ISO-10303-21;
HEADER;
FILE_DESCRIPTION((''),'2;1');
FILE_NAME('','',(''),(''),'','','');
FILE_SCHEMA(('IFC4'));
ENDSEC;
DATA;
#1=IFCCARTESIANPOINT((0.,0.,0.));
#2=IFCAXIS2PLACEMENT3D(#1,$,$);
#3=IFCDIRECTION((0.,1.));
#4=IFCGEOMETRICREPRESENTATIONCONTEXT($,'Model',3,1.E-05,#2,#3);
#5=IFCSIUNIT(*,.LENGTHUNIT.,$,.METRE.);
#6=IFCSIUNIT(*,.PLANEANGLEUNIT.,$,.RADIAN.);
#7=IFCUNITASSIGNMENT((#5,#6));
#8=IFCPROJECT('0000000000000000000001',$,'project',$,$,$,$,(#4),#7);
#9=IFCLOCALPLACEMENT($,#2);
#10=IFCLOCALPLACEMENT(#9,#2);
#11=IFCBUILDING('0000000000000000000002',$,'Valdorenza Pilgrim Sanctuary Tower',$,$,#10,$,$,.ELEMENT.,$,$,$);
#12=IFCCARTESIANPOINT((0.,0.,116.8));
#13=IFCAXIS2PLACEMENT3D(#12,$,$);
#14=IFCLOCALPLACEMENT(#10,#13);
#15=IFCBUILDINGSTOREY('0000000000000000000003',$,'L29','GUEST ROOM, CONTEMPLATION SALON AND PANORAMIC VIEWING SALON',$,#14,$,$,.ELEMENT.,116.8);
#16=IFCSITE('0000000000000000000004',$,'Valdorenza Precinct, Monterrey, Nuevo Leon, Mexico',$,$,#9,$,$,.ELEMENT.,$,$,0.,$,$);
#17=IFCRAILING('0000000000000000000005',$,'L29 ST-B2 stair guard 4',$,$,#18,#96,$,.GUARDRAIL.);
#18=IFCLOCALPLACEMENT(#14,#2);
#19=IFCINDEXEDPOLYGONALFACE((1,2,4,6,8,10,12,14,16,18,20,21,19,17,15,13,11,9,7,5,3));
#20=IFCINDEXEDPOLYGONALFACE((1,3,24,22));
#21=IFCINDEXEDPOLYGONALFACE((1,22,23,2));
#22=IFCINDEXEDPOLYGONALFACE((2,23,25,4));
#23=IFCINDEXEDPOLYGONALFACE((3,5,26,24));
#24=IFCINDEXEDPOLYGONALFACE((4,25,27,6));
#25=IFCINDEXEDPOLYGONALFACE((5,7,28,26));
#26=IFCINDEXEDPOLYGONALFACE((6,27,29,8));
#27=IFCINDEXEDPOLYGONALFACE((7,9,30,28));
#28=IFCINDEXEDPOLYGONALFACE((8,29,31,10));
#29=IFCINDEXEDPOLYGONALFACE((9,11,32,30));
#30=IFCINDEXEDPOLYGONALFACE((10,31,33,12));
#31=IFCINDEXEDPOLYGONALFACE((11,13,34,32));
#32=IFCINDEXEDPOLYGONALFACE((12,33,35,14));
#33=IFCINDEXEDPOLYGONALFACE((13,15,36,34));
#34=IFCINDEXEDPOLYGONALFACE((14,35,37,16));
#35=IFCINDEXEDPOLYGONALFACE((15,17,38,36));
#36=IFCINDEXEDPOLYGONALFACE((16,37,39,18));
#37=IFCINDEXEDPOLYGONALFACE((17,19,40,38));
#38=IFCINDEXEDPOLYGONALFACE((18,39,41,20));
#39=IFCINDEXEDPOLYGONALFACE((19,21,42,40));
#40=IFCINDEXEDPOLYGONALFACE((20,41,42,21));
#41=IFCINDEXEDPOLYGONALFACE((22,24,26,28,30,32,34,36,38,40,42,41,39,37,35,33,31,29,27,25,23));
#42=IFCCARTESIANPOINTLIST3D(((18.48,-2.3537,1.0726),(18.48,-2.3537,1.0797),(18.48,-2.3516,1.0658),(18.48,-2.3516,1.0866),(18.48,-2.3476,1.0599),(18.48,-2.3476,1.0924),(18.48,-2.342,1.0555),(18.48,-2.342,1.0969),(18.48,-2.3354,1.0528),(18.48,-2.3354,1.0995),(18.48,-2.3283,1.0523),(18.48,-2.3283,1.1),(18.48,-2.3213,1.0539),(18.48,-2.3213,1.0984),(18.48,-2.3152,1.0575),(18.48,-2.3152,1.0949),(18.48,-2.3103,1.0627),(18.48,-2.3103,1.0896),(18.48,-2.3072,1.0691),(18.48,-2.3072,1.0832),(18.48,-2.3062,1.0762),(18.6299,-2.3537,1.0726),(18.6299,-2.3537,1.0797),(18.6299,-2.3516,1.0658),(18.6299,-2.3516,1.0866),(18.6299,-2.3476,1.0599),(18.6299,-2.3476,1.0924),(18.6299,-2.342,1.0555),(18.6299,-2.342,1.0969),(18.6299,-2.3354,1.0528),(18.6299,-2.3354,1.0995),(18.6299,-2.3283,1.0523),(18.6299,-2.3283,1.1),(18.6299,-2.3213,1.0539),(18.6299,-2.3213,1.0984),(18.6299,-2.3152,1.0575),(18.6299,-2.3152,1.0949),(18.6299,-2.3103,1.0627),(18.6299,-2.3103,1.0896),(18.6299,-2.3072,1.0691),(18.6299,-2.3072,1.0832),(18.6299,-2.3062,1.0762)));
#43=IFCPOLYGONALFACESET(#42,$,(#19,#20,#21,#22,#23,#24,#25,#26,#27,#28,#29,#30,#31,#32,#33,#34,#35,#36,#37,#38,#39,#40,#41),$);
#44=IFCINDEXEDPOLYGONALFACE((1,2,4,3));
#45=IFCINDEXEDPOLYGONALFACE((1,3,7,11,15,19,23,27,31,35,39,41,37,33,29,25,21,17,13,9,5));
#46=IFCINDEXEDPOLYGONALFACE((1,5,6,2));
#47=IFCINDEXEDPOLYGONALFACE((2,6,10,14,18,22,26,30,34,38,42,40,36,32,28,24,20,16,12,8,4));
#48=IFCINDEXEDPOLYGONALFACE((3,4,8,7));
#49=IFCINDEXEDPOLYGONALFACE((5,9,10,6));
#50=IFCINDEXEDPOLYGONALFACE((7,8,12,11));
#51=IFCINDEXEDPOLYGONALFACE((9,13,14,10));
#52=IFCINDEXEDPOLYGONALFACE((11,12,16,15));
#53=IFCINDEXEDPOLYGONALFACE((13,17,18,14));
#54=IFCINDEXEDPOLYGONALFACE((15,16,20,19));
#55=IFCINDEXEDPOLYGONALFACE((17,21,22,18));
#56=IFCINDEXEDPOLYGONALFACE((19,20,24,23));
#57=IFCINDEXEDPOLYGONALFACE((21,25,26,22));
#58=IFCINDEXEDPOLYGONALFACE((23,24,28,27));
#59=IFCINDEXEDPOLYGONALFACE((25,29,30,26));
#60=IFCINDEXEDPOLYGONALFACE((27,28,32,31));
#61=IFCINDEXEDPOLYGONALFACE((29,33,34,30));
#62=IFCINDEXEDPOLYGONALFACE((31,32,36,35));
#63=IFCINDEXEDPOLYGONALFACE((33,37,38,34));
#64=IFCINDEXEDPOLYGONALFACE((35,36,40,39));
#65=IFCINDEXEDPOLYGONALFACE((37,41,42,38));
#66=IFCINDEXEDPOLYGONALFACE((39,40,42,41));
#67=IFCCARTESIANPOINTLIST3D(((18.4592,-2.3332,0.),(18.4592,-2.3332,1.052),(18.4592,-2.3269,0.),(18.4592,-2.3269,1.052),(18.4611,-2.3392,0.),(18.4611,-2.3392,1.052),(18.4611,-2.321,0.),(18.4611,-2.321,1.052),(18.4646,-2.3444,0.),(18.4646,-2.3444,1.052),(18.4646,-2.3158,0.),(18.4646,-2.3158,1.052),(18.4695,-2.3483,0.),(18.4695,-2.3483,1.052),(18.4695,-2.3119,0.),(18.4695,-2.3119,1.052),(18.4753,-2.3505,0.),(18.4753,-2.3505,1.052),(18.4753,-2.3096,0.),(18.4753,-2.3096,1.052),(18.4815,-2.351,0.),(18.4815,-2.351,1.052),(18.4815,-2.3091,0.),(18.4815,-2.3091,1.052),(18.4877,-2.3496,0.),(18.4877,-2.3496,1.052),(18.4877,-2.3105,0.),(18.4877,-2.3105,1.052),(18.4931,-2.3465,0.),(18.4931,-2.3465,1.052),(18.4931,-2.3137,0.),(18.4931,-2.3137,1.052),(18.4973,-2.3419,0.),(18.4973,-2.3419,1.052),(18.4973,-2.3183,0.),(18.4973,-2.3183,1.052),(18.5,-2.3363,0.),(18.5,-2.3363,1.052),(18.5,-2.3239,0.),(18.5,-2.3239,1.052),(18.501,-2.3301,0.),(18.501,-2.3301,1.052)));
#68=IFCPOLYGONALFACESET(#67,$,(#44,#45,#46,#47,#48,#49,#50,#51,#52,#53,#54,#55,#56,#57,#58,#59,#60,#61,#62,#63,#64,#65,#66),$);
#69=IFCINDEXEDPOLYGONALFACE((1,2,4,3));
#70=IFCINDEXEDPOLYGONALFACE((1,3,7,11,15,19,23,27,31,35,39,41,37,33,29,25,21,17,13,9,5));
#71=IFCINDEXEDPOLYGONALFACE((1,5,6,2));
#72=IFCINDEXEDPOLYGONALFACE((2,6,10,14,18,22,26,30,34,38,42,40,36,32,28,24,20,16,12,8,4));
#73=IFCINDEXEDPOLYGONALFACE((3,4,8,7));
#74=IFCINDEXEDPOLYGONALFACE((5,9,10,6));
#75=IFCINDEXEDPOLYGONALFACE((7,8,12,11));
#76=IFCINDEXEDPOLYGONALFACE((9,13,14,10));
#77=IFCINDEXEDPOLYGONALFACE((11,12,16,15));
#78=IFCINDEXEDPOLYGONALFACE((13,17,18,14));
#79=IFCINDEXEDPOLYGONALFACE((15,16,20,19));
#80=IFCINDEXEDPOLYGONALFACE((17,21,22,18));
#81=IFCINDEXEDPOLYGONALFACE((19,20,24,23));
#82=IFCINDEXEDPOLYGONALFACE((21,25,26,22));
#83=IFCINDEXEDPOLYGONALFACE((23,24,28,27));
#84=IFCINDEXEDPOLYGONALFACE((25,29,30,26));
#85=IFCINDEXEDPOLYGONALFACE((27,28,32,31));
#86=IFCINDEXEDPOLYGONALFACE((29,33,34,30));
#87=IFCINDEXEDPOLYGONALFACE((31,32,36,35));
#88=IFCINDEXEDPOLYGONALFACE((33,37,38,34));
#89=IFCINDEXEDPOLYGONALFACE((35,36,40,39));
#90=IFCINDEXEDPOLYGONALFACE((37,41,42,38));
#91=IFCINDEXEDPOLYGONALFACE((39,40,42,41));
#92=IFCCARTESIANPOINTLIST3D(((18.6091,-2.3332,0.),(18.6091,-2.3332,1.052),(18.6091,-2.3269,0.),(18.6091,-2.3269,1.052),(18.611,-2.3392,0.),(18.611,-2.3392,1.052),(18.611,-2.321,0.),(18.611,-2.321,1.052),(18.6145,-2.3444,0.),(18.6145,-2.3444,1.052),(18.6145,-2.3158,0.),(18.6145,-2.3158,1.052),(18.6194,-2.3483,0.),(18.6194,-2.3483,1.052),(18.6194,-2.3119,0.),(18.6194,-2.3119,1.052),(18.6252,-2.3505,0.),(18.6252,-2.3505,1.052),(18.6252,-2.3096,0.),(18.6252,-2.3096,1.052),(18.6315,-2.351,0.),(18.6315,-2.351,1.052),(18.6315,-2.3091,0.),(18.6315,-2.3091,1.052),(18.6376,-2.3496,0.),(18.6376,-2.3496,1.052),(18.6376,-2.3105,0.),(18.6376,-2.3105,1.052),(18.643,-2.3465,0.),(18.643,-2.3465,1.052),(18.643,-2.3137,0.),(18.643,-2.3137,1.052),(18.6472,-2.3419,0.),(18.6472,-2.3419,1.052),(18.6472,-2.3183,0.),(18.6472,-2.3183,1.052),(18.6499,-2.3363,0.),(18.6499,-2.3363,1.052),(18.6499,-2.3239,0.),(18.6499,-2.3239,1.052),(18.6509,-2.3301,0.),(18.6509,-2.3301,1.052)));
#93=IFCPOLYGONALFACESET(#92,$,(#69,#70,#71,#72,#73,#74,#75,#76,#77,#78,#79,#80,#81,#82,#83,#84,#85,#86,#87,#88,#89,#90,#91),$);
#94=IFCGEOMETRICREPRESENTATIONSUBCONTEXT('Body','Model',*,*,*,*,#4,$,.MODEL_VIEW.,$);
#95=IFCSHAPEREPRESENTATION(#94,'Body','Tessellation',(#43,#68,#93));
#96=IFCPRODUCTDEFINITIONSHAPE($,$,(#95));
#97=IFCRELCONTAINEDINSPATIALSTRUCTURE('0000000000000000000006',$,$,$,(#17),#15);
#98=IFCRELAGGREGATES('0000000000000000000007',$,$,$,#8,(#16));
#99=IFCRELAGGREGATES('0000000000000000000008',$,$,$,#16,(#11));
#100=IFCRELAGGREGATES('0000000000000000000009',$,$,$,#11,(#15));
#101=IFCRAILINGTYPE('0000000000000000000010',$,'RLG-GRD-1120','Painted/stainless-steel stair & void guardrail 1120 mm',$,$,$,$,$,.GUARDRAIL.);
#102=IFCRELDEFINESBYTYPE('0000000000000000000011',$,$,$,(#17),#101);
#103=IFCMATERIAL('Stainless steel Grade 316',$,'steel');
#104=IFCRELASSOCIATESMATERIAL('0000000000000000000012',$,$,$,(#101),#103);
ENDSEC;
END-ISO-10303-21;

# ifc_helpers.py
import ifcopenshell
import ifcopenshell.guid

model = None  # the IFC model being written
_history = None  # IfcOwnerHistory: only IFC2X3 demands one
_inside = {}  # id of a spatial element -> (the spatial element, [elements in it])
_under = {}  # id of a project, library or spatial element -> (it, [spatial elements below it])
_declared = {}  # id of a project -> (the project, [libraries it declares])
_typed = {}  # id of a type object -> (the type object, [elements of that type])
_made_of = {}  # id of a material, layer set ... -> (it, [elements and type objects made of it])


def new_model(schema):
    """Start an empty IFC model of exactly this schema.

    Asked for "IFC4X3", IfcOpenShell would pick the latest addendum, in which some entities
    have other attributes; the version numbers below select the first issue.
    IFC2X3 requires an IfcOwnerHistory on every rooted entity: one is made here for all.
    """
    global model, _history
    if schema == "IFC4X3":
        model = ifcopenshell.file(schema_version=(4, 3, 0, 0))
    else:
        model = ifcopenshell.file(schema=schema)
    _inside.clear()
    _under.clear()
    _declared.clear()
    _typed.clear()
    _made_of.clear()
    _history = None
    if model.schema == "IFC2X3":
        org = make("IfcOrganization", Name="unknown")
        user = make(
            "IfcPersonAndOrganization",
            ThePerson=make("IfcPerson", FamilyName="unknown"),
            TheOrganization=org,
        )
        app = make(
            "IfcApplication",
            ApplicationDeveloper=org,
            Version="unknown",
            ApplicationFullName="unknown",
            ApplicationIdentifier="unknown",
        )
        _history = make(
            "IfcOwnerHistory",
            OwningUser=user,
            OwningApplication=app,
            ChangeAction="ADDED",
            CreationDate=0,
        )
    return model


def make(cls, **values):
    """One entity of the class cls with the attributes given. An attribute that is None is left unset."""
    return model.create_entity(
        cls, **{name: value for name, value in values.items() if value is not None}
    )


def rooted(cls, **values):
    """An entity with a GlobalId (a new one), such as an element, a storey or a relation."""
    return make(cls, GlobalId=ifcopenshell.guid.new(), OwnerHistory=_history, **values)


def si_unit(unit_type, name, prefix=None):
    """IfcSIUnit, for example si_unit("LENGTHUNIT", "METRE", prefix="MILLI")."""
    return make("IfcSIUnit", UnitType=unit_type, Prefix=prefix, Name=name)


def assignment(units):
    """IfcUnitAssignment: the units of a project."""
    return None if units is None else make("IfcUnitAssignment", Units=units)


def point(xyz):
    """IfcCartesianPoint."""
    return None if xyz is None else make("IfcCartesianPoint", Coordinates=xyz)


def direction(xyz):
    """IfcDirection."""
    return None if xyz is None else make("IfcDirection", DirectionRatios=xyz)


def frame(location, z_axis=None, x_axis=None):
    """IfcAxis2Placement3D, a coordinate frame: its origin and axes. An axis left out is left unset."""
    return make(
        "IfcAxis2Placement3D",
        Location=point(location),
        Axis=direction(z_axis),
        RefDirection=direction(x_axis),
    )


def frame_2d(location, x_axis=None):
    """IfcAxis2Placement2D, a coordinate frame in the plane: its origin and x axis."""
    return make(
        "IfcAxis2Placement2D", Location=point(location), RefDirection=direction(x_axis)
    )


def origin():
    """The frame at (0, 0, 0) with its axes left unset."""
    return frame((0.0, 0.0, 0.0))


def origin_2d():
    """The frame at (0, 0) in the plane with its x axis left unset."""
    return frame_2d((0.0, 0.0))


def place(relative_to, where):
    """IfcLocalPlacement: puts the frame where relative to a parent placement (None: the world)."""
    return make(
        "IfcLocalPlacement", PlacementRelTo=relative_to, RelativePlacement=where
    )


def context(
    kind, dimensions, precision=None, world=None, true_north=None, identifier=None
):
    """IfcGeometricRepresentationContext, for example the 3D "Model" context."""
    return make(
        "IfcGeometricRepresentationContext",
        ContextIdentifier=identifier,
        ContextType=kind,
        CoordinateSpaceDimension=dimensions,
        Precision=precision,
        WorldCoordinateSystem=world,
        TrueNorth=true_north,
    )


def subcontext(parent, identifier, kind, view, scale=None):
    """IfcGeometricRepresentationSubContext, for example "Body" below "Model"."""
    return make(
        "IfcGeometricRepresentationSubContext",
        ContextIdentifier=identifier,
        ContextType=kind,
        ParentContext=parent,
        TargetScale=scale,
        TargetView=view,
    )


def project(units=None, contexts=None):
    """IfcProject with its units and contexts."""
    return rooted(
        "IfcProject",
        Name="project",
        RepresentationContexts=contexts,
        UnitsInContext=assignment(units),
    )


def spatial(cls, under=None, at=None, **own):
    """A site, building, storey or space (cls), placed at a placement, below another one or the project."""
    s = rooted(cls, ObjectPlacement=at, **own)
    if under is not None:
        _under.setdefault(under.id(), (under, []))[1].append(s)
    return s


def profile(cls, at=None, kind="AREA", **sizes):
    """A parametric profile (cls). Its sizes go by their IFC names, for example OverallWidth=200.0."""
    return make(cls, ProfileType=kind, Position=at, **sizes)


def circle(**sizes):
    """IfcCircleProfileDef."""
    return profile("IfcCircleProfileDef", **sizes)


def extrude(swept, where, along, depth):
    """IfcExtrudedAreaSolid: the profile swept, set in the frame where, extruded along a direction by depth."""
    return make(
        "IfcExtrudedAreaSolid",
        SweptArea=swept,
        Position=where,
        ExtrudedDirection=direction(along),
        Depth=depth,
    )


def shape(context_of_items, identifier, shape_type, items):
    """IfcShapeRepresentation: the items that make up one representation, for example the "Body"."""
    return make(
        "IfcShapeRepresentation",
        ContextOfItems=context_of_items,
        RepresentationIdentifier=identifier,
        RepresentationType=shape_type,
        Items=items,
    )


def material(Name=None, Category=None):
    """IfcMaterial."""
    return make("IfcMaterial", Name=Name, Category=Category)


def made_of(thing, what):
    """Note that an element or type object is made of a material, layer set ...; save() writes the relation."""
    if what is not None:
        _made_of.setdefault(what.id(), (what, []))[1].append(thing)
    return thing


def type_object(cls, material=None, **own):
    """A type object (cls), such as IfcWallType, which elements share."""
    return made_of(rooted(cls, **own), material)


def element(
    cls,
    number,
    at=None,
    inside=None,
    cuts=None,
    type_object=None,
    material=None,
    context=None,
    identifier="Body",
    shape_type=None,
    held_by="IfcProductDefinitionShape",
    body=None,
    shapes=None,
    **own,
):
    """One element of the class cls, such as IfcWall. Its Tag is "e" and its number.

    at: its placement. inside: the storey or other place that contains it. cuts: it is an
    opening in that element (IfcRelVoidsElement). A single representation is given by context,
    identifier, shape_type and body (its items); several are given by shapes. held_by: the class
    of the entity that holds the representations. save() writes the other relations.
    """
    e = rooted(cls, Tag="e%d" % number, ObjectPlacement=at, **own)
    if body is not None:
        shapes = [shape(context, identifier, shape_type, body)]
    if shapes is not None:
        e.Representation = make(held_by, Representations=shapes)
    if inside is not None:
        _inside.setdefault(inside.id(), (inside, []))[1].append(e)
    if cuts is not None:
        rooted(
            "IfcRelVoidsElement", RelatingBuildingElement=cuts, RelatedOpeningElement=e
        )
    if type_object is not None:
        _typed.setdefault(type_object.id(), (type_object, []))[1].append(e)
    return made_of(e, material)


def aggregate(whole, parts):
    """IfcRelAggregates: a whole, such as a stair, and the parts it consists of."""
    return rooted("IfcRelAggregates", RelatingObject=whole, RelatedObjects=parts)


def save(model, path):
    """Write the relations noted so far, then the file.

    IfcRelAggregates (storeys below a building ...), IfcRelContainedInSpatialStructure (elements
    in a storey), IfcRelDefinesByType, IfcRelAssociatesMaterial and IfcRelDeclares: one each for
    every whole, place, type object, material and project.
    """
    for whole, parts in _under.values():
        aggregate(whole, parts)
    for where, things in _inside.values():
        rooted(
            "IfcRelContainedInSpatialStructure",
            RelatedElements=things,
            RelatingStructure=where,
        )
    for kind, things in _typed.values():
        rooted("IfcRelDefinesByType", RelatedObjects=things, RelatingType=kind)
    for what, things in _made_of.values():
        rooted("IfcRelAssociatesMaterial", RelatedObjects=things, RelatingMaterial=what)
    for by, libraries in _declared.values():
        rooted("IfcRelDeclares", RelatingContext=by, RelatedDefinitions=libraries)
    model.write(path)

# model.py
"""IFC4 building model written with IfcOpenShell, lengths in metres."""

from ifc_helpers import new_model, si_unit, direction, frame, origin, origin_2d, place, context, subcontext, project, spatial, circle, extrude, material, type_object, element, save


model = new_model("IFC4")

# Units and contexts
model_context = context("Model", 3, precision=1e-05, world=origin(), true_north=direction((0.0, 1.0)))
body_context = subcontext(model_context, "Body", "Model", "MODEL_VIEW")
ifc_project = project(units=[si_unit("LENGTHUNIT", "METRE"), si_unit("PLANEANGLEUNIT", "RADIAN")], contexts=[model_context])

# Site, building, storey
site_placement = place(None, origin())
site = spatial("IfcSite", under=ifc_project, at=site_placement, Name="Valdorenza Precinct, Monterrey, Nuevo Leon, Mexico", CompositionType="ELEMENT", RefElevation=0.0)
building_placement = place(site_placement, origin())
building = spatial("IfcBuilding", under=site, at=building_placement, Name="Valdorenza Pilgrim Sanctuary Tower", CompositionType="ELEMENT")
storey_placement = place(building_placement, frame((0.0, 0.0, 116.8)))
storey = spatial("IfcBuildingStorey", under=building, at=storey_placement, Name="L29", Description="GUEST ROOM, CONTEMPLATION SALON AND PANORAMIC VIEWING SALON", CompositionType="ELEMENT", Elevation=116.8)

# Railing
ifc_material_1 = material(Name="Stainless steel Grade 316", Category="steel")
railing_type_1 = type_object("IfcRailingType", Name="RLG-GRD-1120", Description="Painted/stainless-steel stair & void guardrail 1120 mm", PredefinedType="GUARDRAIL", material=ifc_material_1)
railing_1_placement = place(storey_placement, frame((18.48, -2.3301, 0.0)))
element("IfcRailing", 1, at=railing_1_placement, inside=storey, type_object=railing_type_1, Name="L29 ST-B2 stair guard 4", PredefinedType="GUARDRAIL", context=body_context, shape_type="SweptSolid", body=[
    extrude(circle(Radius=0.0239, at=origin_2d()), frame((0.0, 0.0, 1.0762), z_axis=(1.0, 0.0, 0.0), x_axis=(0.0, 1.0, 0.0)), (0.0, 0.0, 1.0), 0.1499),
    extrude(circle(Radius=0.021, at=origin_2d()), origin(), (0.0, 0.0, 1.0), 1.052),
    extrude(circle(Radius=0.021, at=origin_2d()), frame((0.1499, 0.0, 0.0)), (0.0, 0.0, 1.0), 1.052),
])

save(model, "model.ifc")
